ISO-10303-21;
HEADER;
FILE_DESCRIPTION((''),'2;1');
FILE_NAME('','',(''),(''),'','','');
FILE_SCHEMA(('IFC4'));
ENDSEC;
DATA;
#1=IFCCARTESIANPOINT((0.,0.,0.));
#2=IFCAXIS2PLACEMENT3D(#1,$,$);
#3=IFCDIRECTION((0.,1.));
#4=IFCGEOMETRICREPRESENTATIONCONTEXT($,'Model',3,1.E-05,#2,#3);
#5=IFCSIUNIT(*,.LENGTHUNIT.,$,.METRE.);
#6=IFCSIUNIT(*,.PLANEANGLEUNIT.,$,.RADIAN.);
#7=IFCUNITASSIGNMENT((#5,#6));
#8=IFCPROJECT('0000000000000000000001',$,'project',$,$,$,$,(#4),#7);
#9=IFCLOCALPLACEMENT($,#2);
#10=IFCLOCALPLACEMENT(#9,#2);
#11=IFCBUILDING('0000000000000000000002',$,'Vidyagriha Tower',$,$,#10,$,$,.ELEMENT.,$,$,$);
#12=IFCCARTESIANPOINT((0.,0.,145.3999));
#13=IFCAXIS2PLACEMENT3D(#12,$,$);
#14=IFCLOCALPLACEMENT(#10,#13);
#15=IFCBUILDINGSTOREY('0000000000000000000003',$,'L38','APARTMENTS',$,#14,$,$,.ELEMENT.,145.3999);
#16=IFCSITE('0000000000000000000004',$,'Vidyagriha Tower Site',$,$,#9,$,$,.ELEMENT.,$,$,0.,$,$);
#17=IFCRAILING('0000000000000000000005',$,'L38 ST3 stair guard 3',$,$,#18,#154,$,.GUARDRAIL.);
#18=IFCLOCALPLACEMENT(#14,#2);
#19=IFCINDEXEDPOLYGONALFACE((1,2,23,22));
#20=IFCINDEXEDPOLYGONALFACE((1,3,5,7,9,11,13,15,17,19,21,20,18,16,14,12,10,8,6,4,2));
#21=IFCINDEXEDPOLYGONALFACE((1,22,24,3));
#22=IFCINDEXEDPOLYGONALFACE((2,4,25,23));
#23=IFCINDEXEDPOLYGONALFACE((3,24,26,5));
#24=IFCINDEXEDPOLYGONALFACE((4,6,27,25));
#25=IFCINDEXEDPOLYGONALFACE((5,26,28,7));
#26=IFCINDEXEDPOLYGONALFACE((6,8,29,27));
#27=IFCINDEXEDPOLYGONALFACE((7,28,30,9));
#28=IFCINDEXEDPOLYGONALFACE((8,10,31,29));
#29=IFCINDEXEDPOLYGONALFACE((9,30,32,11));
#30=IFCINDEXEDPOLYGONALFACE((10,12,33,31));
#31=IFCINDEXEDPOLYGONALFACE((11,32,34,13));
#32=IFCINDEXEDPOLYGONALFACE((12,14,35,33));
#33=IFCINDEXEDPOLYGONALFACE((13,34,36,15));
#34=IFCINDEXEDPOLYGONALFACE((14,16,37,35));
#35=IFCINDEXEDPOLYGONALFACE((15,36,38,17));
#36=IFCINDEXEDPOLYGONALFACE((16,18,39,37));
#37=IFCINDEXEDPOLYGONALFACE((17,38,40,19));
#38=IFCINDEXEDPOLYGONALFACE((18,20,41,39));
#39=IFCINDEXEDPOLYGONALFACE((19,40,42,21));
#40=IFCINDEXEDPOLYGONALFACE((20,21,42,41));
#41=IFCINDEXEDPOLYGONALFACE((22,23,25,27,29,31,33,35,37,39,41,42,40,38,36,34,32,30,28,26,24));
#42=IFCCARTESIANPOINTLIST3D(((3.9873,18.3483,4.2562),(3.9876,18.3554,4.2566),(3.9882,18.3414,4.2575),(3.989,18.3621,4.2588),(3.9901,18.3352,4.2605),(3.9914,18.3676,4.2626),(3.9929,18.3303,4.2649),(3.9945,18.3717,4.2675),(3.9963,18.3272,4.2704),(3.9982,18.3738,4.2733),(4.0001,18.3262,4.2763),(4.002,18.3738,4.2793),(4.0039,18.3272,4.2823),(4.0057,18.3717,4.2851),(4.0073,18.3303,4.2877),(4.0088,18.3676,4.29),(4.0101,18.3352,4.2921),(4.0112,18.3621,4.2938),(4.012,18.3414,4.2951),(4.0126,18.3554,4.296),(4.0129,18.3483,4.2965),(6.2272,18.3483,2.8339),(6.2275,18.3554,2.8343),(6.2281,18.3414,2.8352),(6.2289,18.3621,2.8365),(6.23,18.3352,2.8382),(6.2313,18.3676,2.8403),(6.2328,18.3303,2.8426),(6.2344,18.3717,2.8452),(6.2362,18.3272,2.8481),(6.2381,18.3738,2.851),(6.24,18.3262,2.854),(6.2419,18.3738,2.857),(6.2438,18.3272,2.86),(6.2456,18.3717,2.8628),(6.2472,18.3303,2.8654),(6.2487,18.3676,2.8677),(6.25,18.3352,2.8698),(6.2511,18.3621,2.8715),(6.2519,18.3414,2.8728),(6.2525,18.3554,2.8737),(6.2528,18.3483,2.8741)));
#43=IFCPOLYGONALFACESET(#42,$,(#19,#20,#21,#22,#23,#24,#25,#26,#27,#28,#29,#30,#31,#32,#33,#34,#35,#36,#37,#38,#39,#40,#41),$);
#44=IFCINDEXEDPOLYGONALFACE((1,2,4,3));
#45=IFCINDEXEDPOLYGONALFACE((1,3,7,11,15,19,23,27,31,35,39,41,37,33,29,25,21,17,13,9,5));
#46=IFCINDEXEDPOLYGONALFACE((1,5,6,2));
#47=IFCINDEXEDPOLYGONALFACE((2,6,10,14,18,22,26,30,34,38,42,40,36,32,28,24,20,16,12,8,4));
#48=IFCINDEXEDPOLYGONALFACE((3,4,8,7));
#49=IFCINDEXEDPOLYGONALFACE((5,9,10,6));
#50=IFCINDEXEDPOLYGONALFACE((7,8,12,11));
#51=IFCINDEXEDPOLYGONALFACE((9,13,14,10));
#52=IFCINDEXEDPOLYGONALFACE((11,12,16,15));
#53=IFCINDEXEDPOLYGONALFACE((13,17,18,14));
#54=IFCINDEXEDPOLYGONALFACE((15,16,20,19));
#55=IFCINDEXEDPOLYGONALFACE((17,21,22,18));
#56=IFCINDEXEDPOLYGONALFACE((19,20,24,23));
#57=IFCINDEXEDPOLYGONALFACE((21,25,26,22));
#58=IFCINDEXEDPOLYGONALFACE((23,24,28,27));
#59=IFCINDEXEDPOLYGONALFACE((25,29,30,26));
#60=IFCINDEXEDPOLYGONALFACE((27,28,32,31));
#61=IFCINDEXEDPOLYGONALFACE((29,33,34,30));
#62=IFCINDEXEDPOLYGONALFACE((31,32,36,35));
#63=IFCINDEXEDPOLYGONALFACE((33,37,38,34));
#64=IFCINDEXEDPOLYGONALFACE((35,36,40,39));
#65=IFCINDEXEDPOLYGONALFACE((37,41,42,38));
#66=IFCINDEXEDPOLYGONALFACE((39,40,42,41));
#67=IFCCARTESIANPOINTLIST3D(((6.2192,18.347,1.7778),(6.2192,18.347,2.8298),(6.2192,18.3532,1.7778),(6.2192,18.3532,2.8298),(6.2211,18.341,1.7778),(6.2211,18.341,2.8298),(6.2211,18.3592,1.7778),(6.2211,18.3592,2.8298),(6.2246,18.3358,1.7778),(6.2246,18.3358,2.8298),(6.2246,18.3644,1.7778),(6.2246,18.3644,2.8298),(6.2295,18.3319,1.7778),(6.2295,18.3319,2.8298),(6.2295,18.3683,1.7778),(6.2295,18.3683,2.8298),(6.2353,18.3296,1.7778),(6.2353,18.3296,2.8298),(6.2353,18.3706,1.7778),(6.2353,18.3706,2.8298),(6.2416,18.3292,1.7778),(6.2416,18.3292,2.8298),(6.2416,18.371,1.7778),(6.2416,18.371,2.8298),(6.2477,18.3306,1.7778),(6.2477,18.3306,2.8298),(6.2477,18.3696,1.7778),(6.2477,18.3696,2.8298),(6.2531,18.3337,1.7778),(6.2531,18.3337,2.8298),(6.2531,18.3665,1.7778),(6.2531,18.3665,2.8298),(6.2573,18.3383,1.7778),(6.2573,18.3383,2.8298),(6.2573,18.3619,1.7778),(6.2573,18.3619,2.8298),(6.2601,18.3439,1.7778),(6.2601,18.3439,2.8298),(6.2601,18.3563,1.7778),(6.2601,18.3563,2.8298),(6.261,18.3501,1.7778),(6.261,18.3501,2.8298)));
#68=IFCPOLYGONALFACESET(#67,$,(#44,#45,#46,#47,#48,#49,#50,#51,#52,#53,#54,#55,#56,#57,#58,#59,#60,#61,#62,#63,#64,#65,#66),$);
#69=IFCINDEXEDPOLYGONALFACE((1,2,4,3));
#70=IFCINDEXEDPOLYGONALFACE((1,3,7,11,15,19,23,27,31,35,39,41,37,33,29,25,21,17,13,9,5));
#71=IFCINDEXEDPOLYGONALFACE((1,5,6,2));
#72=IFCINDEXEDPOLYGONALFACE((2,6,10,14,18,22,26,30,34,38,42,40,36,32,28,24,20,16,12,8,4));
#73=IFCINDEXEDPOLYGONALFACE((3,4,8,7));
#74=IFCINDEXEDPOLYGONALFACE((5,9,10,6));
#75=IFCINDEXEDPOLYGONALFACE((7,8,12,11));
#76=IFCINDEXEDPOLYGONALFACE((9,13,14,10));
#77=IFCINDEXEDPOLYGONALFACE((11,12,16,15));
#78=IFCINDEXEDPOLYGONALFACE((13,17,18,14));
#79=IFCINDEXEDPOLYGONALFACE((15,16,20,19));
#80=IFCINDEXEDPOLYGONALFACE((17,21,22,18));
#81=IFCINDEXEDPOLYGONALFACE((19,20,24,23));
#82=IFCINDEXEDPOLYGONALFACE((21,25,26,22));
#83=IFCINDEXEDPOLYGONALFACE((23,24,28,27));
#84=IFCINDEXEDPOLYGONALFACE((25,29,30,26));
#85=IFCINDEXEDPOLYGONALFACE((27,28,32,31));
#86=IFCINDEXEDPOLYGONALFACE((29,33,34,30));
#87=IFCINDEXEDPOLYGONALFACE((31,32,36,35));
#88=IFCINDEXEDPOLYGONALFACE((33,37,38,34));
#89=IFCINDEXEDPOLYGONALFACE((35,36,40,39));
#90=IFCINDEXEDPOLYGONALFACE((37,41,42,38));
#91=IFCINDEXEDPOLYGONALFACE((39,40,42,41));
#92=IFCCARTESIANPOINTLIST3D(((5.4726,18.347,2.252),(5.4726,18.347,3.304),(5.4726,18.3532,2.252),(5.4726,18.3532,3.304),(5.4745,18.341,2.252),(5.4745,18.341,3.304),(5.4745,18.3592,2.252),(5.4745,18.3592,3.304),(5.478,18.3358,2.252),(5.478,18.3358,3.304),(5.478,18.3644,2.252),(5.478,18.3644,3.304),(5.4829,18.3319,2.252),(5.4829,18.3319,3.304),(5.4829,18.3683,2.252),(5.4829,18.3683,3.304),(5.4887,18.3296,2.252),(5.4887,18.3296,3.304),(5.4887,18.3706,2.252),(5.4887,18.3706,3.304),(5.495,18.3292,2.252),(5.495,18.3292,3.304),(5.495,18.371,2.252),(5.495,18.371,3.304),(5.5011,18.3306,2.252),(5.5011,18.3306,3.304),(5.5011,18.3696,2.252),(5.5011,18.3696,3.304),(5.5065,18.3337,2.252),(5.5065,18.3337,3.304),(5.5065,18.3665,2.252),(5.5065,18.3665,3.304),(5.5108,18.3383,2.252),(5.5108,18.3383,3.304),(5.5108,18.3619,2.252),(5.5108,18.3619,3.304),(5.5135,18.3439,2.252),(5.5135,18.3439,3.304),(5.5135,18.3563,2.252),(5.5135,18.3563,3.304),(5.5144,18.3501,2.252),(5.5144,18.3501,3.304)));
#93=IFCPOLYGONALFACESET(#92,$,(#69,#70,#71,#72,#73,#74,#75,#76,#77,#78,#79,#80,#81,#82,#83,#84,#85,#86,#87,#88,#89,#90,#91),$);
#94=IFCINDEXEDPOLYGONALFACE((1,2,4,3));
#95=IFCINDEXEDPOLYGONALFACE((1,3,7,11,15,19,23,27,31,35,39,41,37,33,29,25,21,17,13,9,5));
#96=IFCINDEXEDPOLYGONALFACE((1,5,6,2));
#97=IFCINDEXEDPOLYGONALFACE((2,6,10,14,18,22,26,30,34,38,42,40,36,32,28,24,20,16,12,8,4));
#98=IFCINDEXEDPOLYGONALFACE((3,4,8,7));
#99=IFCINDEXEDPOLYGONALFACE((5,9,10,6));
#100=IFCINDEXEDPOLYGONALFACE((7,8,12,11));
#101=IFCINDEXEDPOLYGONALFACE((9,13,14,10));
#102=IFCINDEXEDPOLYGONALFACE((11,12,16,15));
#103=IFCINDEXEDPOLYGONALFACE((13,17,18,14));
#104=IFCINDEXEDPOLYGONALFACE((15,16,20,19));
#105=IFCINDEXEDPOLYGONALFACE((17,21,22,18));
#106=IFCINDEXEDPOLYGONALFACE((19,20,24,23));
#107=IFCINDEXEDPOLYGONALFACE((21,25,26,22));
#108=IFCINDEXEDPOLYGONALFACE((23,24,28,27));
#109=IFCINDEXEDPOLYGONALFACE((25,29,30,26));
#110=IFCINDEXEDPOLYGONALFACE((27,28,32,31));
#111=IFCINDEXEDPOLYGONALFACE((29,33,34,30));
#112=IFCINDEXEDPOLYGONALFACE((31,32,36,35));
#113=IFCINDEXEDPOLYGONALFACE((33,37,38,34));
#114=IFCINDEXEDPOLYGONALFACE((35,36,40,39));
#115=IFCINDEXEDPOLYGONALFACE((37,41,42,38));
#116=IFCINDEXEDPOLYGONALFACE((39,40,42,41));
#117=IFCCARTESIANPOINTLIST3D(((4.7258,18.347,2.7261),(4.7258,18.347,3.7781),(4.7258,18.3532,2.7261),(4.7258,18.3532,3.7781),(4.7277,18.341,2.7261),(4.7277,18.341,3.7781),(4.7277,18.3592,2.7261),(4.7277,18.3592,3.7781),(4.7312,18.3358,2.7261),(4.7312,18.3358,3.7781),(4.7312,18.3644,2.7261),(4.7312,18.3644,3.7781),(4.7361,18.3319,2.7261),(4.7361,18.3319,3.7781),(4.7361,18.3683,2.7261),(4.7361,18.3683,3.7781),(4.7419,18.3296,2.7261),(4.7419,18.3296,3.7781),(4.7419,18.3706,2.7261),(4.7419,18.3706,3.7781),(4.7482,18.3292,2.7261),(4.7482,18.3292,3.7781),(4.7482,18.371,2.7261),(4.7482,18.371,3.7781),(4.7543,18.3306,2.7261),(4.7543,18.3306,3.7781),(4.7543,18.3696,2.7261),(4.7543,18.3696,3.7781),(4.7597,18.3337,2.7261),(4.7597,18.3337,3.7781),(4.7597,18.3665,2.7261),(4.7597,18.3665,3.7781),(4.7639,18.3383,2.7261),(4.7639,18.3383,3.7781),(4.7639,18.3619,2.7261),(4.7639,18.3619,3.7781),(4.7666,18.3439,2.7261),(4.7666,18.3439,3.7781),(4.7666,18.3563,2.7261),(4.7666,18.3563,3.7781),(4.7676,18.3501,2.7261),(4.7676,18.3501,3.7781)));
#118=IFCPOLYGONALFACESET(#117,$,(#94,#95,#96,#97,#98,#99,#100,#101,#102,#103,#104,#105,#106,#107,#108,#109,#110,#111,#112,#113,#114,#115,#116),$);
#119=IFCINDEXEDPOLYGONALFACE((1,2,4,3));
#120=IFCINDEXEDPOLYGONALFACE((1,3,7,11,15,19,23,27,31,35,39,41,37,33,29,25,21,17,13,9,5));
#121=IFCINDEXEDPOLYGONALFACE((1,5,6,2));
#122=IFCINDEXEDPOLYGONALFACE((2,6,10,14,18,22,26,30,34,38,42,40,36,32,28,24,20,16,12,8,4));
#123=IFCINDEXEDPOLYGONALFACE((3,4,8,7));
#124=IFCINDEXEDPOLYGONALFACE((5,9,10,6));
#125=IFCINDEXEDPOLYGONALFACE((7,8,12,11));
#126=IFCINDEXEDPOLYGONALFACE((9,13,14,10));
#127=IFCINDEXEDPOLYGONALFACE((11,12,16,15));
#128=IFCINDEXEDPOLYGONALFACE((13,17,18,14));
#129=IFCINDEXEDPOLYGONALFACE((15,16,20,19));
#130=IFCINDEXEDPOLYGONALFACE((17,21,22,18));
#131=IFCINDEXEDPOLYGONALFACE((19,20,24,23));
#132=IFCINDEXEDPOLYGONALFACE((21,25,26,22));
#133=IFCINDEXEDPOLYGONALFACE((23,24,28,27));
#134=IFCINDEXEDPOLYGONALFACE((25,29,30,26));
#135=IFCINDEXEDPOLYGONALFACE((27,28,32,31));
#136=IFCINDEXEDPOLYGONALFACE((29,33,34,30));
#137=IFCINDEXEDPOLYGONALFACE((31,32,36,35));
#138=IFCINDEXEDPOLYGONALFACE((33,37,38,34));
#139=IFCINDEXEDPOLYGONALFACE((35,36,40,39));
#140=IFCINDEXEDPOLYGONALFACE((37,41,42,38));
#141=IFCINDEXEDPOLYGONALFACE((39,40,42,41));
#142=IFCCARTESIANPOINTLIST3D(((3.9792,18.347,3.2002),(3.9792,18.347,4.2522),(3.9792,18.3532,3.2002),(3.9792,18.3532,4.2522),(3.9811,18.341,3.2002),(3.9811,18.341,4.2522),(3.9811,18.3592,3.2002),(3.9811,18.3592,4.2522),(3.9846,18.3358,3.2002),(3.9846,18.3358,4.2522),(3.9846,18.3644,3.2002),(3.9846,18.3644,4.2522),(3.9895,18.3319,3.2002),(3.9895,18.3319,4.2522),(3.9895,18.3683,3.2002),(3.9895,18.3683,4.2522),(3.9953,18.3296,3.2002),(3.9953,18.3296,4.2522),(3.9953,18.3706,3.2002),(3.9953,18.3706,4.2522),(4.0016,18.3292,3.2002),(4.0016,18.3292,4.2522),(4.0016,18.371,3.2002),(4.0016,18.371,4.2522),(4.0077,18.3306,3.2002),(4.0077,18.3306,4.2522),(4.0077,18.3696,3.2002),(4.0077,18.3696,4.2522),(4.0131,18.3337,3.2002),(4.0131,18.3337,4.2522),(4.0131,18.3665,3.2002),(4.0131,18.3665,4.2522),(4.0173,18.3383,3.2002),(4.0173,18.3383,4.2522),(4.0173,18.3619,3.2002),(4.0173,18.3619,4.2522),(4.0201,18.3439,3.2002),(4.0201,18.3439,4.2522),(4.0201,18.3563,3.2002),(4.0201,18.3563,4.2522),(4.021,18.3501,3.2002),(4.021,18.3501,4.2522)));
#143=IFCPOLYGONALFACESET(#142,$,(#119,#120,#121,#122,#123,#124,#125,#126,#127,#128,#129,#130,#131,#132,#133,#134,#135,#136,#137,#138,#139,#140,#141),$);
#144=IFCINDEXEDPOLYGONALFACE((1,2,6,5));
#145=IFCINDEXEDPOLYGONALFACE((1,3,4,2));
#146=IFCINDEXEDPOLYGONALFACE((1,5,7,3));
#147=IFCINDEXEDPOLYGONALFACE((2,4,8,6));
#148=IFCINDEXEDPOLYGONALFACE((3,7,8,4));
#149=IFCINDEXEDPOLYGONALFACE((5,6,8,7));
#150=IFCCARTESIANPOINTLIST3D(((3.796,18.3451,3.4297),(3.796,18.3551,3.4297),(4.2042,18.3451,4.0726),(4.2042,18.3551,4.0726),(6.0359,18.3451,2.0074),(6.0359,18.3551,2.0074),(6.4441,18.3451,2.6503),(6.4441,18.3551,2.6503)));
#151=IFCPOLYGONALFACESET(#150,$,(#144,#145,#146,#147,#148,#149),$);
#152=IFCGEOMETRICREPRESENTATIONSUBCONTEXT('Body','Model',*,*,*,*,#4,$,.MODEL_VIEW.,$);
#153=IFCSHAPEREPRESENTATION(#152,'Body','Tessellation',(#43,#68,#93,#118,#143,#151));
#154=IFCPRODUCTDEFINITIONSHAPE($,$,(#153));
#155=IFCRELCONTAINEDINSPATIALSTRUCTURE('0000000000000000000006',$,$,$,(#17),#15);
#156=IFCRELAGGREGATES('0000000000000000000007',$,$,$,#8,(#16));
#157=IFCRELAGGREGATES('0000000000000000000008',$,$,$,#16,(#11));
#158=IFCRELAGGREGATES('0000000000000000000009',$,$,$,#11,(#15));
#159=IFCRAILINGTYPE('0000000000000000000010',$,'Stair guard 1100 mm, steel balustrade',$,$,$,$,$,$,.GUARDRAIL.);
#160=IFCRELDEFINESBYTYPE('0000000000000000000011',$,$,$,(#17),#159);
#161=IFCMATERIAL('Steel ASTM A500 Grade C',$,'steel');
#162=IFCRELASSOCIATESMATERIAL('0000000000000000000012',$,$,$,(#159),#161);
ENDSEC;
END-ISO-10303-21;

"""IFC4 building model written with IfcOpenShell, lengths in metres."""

from ifc_helpers import new_model, si_unit, direction, frame, origin, origin_2d, place, context, subcontext, project, spatial, rectangle, circle, extrude, material, type_object, element, save


model = new_model("IFC4")

# Units and contexts
model_context = context("Model", 3, precision=1e-05, world=origin(), true_north=direction((0.0, 1.0)))
body_context = subcontext(model_context, "Body", "Model", "MODEL_VIEW")
ifc_project = project(units=[si_unit("LENGTHUNIT", "METRE"), si_unit("PLANEANGLEUNIT", "RADIAN")], contexts=[model_context])

# Site, building, storey
site_placement = place(None, origin())
site = spatial("IfcSite", under=ifc_project, at=site_placement, Name="Vidyagriha Tower Site", CompositionType="ELEMENT", RefElevation=0.0)
building_placement = place(site_placement, origin())
building = spatial("IfcBuilding", under=site, at=building_placement, Name="Vidyagriha Tower", CompositionType="ELEMENT")
storey_placement = place(building_placement, frame((0.0, 0.0, 145.3999)))
storey = spatial("IfcBuildingStorey", under=building, at=storey_placement, Name="L38", Description="APARTMENTS", CompositionType="ELEMENT", Elevation=145.3999)

# Railing
ifc_material_1 = material(Name="Steel ASTM A500 Grade C", Category="steel")
railing_type_1 = type_object("IfcRailingType", Name="Stair guard 1100 mm, steel balustrade", PredefinedType="GUARDRAIL", material=ifc_material_1)
railing_1_placement = place(storey_placement, frame((6.24, 18.3501, 1.7778)))
element("IfcRailing", 1, at=railing_1_placement, inside=storey, type_object=railing_type_1, Name="L38 ST3 stair guard 3", PredefinedType="GUARDRAIL", context=body_context, shape_type="SweptSolid", body=[
    extrude(circle(Radius=0.0239, at=origin_2d()), frame((0.0, 0.0, 1.0762), z_axis=(-0.844188, 0.0, 0.536048), x_axis=(0.0, -1.0, 0.0)), (0.0, 0.0, 1.0), 2.6533),
    extrude(circle(Radius=0.021, at=origin_2d()), origin(), (0.0, 0.0, 1.0), 1.052),
    extrude(circle(Radius=0.021, at=origin_2d()), frame((-0.7466, 0.0, 0.4741)), (0.0, 0.0, 1.0), 1.052),
    extrude(circle(Radius=0.021, at=origin_2d()), frame((-1.4934, 0.0, 0.9482)), (0.0, 0.0, 1.0), 1.052),
    extrude(circle(Radius=0.021, at=origin_2d()), frame((-2.24, 0.0, 1.4224)), (0.0, 0.0, 1.0), 1.052),
    extrude(rectangle(XDim=0.01, YDim=0.7615, at=origin_2d()), frame((0.0, 0.0, 0.551), z_axis=(-0.844188, 0.0, 0.536048), x_axis=(0.0, -1.0, 0.0)), (0.0, 0.0, 1.0), 2.6533),
])

save(model, "model.ifc")
